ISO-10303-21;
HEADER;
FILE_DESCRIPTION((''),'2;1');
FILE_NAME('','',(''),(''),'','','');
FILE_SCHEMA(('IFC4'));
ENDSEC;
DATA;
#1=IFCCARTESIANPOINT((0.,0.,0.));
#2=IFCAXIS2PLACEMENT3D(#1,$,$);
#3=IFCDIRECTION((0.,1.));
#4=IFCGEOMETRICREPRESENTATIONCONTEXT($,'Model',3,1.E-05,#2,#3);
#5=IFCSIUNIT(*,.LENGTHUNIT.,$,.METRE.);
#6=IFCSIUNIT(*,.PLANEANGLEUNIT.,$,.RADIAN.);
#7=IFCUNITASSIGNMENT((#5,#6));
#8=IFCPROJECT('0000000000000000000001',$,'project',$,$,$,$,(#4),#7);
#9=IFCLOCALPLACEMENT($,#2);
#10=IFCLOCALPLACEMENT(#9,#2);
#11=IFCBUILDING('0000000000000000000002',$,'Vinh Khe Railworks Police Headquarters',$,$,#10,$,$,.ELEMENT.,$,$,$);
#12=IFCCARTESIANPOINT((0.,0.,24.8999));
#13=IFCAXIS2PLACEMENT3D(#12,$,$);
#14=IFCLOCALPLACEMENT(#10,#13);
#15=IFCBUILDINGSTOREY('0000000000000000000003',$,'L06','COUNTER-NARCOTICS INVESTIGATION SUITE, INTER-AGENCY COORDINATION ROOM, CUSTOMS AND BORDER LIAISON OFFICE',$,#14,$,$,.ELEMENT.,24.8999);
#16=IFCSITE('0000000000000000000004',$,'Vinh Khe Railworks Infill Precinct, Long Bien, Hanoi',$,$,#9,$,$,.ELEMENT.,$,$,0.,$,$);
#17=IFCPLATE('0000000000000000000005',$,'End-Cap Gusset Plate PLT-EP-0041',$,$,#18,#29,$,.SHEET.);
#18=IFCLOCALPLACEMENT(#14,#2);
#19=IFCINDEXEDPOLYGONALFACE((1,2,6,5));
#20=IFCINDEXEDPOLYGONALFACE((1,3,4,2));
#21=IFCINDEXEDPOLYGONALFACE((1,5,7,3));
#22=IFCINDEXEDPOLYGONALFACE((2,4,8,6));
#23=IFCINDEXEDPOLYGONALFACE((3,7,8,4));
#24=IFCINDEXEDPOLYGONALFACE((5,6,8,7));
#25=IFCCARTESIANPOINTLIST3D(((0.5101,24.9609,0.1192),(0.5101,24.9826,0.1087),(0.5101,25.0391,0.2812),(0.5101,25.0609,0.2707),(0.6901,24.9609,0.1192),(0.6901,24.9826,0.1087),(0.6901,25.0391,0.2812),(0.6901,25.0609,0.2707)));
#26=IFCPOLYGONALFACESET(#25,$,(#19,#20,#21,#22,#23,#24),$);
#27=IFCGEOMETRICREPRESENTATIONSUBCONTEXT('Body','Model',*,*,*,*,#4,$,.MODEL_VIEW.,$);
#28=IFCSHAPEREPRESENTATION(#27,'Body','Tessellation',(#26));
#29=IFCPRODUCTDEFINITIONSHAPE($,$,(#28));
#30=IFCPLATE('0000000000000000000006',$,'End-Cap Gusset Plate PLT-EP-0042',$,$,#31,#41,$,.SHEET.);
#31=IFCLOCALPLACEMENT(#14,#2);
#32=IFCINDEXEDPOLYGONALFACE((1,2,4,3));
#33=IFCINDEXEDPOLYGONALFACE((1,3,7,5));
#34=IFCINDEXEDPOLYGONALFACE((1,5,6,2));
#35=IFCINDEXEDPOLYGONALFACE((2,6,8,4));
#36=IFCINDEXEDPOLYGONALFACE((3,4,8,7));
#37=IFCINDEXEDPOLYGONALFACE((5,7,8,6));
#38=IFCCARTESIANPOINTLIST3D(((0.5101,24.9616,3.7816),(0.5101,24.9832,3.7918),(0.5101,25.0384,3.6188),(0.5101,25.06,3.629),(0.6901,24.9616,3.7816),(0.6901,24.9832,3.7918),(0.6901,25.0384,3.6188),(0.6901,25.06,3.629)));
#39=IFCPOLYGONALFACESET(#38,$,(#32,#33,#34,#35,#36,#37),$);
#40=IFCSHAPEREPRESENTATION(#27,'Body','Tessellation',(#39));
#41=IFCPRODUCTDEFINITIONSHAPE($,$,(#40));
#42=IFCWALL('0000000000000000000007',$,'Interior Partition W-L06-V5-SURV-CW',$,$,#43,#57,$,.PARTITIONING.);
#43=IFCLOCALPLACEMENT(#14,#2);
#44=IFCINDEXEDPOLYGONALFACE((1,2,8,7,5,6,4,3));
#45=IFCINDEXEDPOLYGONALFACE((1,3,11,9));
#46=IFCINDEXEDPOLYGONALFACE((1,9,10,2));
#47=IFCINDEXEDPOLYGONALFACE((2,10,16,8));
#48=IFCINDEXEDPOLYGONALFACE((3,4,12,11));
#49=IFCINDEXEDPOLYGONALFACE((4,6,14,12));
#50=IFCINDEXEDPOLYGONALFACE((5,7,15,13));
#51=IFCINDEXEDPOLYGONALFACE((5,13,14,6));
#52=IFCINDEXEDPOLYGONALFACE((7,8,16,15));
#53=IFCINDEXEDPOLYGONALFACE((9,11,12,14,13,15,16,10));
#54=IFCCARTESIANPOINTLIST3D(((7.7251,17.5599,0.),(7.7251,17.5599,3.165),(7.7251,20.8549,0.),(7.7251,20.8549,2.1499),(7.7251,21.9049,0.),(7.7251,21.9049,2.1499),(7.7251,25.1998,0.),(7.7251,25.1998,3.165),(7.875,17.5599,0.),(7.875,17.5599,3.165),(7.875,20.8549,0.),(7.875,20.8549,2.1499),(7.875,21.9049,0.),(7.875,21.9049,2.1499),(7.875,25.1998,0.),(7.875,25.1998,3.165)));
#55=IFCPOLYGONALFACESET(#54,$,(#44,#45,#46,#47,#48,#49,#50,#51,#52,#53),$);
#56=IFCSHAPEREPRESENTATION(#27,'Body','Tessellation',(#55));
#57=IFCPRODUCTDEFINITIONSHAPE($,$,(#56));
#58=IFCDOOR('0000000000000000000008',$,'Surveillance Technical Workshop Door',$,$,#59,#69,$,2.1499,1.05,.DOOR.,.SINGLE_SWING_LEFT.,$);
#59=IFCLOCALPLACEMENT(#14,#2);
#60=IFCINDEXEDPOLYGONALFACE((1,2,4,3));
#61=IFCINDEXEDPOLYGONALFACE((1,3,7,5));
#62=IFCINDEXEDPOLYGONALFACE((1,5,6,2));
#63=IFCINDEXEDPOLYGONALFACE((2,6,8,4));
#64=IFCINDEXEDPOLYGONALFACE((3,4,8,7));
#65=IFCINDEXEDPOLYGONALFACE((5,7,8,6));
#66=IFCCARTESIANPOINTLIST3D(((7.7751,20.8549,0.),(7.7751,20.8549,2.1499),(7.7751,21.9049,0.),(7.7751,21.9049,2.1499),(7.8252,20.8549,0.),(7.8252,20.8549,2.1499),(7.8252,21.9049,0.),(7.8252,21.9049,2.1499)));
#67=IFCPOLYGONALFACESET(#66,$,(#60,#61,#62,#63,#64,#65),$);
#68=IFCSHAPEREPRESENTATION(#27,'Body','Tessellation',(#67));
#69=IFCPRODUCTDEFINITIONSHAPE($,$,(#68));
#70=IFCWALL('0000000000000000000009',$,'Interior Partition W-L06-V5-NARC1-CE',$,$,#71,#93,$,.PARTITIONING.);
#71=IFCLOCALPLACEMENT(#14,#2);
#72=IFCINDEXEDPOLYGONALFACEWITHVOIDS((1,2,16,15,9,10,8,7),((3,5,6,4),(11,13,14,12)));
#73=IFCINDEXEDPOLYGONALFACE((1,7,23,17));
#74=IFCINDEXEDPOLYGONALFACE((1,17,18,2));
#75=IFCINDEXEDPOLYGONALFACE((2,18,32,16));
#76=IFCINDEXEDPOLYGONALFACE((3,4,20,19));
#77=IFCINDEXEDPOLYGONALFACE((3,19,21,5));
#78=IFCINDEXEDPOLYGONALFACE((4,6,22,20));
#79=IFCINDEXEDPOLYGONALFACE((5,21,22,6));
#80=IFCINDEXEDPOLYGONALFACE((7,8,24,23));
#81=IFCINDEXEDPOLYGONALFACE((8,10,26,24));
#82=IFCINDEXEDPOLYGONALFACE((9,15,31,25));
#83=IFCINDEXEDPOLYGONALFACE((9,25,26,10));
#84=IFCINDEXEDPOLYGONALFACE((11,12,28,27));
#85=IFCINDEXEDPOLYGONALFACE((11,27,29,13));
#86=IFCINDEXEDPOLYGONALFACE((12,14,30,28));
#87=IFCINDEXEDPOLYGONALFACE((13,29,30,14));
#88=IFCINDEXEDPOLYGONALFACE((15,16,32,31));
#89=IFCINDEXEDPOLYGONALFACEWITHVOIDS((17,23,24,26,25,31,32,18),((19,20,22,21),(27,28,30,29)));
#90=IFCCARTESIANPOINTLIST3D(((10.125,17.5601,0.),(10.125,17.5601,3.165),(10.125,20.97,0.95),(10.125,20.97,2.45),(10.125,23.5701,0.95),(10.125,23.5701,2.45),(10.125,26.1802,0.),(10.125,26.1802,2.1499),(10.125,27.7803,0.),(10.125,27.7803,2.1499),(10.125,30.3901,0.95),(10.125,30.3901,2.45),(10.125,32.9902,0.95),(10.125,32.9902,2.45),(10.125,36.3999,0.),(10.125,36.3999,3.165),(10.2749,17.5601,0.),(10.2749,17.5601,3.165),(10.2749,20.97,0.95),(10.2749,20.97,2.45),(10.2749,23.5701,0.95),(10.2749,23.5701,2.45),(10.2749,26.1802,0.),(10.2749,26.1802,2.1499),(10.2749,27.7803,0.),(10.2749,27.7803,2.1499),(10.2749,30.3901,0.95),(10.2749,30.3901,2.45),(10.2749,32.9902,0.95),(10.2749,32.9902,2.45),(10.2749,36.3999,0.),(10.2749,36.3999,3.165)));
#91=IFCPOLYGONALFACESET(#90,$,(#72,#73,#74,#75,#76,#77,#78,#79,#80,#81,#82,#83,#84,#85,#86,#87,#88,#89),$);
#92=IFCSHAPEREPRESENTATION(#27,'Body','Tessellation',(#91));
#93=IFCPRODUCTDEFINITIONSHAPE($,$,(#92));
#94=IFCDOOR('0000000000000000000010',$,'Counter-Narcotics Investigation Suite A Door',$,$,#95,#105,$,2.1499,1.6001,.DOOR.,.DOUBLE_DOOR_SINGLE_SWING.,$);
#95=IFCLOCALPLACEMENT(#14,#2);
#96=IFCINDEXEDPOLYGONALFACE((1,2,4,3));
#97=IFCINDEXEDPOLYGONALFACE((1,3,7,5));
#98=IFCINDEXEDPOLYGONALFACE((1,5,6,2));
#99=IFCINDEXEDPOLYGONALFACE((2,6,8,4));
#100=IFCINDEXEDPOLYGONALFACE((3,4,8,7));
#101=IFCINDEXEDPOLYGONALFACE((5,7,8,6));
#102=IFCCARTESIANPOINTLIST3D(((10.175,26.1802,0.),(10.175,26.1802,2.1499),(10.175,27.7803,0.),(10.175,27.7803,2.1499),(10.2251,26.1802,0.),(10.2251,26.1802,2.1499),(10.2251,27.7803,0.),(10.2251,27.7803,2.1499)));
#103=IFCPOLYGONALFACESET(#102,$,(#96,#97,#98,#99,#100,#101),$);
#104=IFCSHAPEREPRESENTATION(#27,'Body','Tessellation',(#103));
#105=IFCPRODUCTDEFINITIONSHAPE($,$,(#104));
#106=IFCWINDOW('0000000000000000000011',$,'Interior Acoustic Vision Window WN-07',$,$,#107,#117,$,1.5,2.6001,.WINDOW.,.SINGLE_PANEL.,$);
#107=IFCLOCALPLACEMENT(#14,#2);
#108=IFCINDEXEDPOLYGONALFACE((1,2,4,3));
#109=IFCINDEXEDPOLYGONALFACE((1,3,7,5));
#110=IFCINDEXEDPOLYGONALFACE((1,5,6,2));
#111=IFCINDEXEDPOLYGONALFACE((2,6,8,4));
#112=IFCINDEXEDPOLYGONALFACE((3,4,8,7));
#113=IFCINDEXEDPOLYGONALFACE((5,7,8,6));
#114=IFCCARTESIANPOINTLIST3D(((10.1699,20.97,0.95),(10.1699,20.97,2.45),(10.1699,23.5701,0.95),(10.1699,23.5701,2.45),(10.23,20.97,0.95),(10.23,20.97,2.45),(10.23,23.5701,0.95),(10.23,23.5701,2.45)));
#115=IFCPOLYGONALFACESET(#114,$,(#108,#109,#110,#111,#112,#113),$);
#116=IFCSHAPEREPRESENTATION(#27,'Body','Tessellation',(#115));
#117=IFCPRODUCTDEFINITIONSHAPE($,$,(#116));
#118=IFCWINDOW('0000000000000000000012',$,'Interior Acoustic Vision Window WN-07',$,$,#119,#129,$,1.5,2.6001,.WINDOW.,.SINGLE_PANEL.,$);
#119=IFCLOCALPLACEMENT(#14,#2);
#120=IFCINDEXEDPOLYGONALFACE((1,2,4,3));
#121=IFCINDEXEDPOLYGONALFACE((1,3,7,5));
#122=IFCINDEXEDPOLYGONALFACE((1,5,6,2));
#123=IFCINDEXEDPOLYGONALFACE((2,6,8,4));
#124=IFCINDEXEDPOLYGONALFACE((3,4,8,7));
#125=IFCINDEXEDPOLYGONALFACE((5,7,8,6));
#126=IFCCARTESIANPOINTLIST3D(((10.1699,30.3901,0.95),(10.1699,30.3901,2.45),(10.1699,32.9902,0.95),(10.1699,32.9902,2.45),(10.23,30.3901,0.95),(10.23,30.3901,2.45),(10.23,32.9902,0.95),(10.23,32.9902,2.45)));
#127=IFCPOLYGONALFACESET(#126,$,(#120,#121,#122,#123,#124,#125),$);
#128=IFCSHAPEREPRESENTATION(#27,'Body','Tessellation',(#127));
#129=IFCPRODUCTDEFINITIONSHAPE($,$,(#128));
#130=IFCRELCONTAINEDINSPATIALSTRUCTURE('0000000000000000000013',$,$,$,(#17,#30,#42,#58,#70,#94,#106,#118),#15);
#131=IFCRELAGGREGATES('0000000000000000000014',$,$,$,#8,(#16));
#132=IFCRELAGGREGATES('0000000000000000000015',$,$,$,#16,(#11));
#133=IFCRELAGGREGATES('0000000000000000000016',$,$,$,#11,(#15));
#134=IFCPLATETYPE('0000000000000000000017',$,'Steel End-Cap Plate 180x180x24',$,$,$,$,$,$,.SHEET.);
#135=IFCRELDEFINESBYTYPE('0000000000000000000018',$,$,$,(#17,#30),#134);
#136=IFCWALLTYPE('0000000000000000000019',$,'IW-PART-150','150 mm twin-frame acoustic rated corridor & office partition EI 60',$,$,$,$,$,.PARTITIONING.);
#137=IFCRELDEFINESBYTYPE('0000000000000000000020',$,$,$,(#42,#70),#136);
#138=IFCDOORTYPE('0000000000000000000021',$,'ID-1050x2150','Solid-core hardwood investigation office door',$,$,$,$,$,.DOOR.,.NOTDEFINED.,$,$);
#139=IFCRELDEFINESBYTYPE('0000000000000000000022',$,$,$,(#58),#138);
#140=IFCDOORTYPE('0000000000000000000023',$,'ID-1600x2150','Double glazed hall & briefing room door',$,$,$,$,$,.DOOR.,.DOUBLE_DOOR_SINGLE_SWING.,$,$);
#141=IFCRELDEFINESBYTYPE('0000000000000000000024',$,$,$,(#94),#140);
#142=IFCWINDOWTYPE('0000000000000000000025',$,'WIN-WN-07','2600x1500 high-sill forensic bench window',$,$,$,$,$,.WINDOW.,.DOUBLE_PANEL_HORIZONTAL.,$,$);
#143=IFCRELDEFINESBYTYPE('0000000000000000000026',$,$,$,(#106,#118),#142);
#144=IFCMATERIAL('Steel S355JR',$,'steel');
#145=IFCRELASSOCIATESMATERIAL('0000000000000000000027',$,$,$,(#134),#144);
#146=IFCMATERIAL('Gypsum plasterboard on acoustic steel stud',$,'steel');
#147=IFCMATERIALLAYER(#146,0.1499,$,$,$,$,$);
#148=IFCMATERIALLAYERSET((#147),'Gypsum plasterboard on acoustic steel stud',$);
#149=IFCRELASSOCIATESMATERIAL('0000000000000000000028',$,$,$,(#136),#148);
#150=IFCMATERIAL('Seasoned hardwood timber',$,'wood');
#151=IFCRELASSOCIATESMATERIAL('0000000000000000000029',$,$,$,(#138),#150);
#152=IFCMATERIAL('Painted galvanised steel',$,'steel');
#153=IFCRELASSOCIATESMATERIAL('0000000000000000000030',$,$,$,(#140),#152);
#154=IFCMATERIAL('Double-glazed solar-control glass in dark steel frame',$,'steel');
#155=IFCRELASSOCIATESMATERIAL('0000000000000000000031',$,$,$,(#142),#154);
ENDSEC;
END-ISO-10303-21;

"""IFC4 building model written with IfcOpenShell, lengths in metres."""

from ifc_helpers import new_model, si_unit, direction, frame, frame_2d, origin, origin_2d, place, context, subcontext, project, spatial, rectangle, extrude, material, layer, layer_set, material_profile, profile_set, type_object, element, fill, save


model = new_model("IFC4")

# Units and contexts
model_context = context("Model", 3, precision=1e-05, world=origin(), true_north=direction((0.0, 1.0)))
body_context = subcontext(model_context, "Body", "Model", "MODEL_VIEW")
ifc_project = project(units=[si_unit("LENGTHUNIT", "METRE"), si_unit("PLANEANGLEUNIT", "RADIAN")], contexts=[model_context])

# Site, building, storey
site_placement = place(None, origin())
site = spatial("IfcSite", under=ifc_project, at=site_placement, Name="Vinh Khe Railworks Infill Precinct, Long Bien, Hanoi", CompositionType="ELEMENT", RefElevation=0.0)
building_placement = place(site_placement, origin())
building = spatial("IfcBuilding", under=site, at=building_placement, Name="Vinh Khe Railworks Police Headquarters", CompositionType="ELEMENT")
storey_placement = place(building_placement, frame((0.0, 0.0, 24.8999)))
storey = spatial("IfcBuildingStorey", under=building, at=storey_placement, Name="L06", Description="COUNTER-NARCOTICS INVESTIGATION SUITE, INTER-AGENCY COORDINATION ROOM, CUSTOMS AND BORDER LIAISON OFFICE", CompositionType="ELEMENT", Elevation=24.8999)

# Shared definitions
ifc_material_1 = material(Name="Steel S355JR", Category="steel")

# Plates
ifc_material_profile_1 = material_profile(ifc_material_1, rectangle(XDim=0.1799, YDim=0.1799, at=origin_2d()), Name="PL 180x180")
ifc_profile_set_1 = profile_set([ifc_material_profile_1], Name="Steel S355JR")
plate_type = type_object("IfcPlateType", Name="Steel End-Cap Plate 180x180x24", PredefinedType="SHEET", material=ifc_profile_set_1)
plate_1_placement = place(storey_placement, frame((0.6001, 25.0, 0.2002), z_axis=(0.0, 0.900415, -0.435032), x_axis=(-1.0, 0.0, 0.0)))
element("IfcPlate", 1, at=plate_1_placement, inside=storey, type_object=plate_type, Name="End-Cap Gusset Plate PLT-EP-0041", PredefinedType="SHEET", context=body_context, shape_type="SweptSolid", body=[
    extrude(rectangle(XDim=0.1799, YDim=0.1799, at=origin_2d()), origin(), (0.0, 0.0, 1.0), 0.0242),
])
plate_2_placement = place(storey_placement, frame((0.6001, 25.0, 3.7002), z_axis=(0.0, 0.904358, 0.426775), x_axis=(-1.0, 0.0, 0.0)))
element("IfcPlate", 2, at=plate_2_placement, inside=storey, type_object=plate_type, Name="End-Cap Gusset Plate PLT-EP-0042", PredefinedType="SHEET", context=body_context, shape_type="SweptSolid", body=[
    extrude(rectangle(XDim=0.1799, YDim=0.1799, at=origin_2d()), origin(), (0.0, 0.0, 1.0), 0.0239),
])

# Wall, opening, door
ifc_material_2 = material(Name="Gypsum plasterboard on acoustic steel stud", Category="steel")
ifc_layer = layer(ifc_material_2, 0.1499)
ifc_layer_set = layer_set([ifc_layer], Name="Gypsum plasterboard on acoustic steel stud")
wall_type = type_object("IfcWallType", Name="IW-PART-150", Description="150 mm twin-frame acoustic rated corridor & office partition EI 60", PredefinedType="PARTITIONING", material=ifc_layer_set)
wall_1_placement = place(storey_placement, frame((7.8, 17.5601, 0.0), z_axis=(0.0, 0.0, 1.0), x_axis=(0.0, 1.0, 0.0)))
wall_1 = element("IfcWall", 3, at=wall_1_placement, inside=storey, type_object=wall_type, Name="Interior Partition W-L06-V5-SURV-CW", PredefinedType="PARTITIONING", context=body_context, shape_type="SweptSolid", body=[
    extrude(rectangle(XDim=7.6399, YDim=0.1499, at=frame_2d((3.8198, 0.0))), origin(), (0.0, 0.0, 1.0), 3.165),
])
opening_1_placement = place(wall_1_placement, frame((3.2949, 0.0, 0.0)))
opening_1 = element("IfcOpeningElement", 4, at=opening_1_placement, cuts=wall_1, PredefinedType="OPENING", context=body_context, shape_type="SweptSolid", body=[
    extrude(rectangle(XDim=1.05, YDim=2.1499, at=frame_2d((0.5249, 1.075))), frame((0.0, 0.0898, 0.0), z_axis=(0.0, -1.0, 0.0), x_axis=(1.0, 0.0, 0.0)), (0.0, 0.0, 1.0), 0.1797),
])
ifc_material_3 = material(Name="Seasoned hardwood timber", Category="wood")
door_type_1 = type_object("IfcDoorType", Name="ID-1050x2150", Description="Solid-core hardwood investigation office door", OperationType="NOTDEFINED", PredefinedType="DOOR", material=ifc_material_3)
door_1_placement = place(opening_1_placement, origin())
door_1 = element("IfcDoor", 5, at=door_1_placement, inside=storey, type_object=door_type_1, Name="Surveillance Technical Workshop Door", OperationType="SINGLE_SWING_LEFT", OverallHeight=2.1499, OverallWidth=1.05, PredefinedType="DOOR", context=body_context, shape_type="SweptSolid", body=[
    extrude(rectangle(XDim=1.05, YDim=2.1499, at=frame_2d((0.5249, 1.075))), frame((0.0, 0.0249, 0.0), z_axis=(0.0, -1.0, 0.0), x_axis=(1.0, 0.0, 0.0)), (0.0, 0.0, 1.0), 0.05),
])
fill(opening_1, door_1)

# Wall, openings, door, windows
wall_2_placement = place(storey_placement, frame((10.2, 17.5601, 0.0), z_axis=(0.0, 0.0, 1.0), x_axis=(0.0, 1.0, 0.0)))
wall_2 = element("IfcWall", 6, at=wall_2_placement, inside=storey, type_object=wall_type, Name="Interior Partition W-L06-V5-NARC1-CE", PredefinedType="PARTITIONING", context=body_context, shape_type="SweptSolid", body=[
    extrude(rectangle(XDim=18.8398, YDim=0.1499, at=frame_2d((9.4199, 0.0))), origin(), (0.0, 0.0, 1.0), 3.165),
])
opening_2_placement = place(wall_2_placement, frame((8.6201, 0.0, 0.0)))
opening_2 = element("IfcOpeningElement", 7, at=opening_2_placement, cuts=wall_2, PredefinedType="OPENING", context=body_context, shape_type="SweptSolid", body=[
    extrude(rectangle(XDim=1.6001, YDim=2.1499, at=frame_2d((0.8, 1.075))), frame((0.0, 0.0898, 0.0), z_axis=(0.0, -1.0, 0.0), x_axis=(1.0, 0.0, 0.0)), (0.0, 0.0, 1.0), 0.1797),
])
opening_3_placement = place(wall_2_placement, frame((3.4099, 0.0, 0.95)))
opening_3 = element("IfcOpeningElement", 8, at=opening_3_placement, cuts=wall_2, PredefinedType="OPENING", context=body_context, shape_type="SweptSolid", body=[
    extrude(rectangle(XDim=2.6001, YDim=1.5, at=frame_2d((1.3, 0.75))), frame((0.0, 0.0898, 0.0), z_axis=(0.0, -1.0, 0.0), x_axis=(1.0, 0.0, 0.0)), (0.0, 0.0, 1.0), 0.1797),
])
opening_4_placement = place(wall_2_placement, frame((12.8301, 0.0, 0.95)))
opening_4 = element("IfcOpeningElement", 9, at=opening_4_placement, cuts=wall_2, PredefinedType="OPENING", context=body_context, shape_type="SweptSolid", body=[
    extrude(rectangle(XDim=2.6001, YDim=1.5, at=frame_2d((1.3, 0.75))), frame((0.0, 0.0898, 0.0), z_axis=(0.0, -1.0, 0.0), x_axis=(1.0, 0.0, 0.0)), (0.0, 0.0, 1.0), 0.1797),
])
ifc_material_4 = material(Name="Painted galvanised steel", Category="steel")
door_type_2 = type_object("IfcDoorType", Name="ID-1600x2150", Description="Double glazed hall & briefing room door", OperationType="DOUBLE_DOOR_SINGLE_SWING", PredefinedType="DOOR", material=ifc_material_4)
door_2_placement = place(opening_2_placement, origin())
door_2 = element("IfcDoor", 10, at=door_2_placement, inside=storey, type_object=door_type_2, Name="Counter-Narcotics Investigation Suite A Door", OperationType="DOUBLE_DOOR_SINGLE_SWING", OverallHeight=2.1499, OverallWidth=1.6001, PredefinedType="DOOR", context=body_context, shape_type="SweptSolid", body=[
    extrude(rectangle(XDim=1.6001, YDim=2.1499, at=frame_2d((0.8, 1.075))), frame((0.0, 0.0249, 0.0), z_axis=(0.0, -1.0, 0.0), x_axis=(1.0, 0.0, 0.0)), (0.0, 0.0, 1.0), 0.05),
])
fill(opening_2, door_2)
ifc_material_5 = material(Name="Double-glazed solar-control glass in dark steel frame", Category="steel")
window_type = type_object("IfcWindowType", Name="WIN-WN-07", Description="2600x1500 high-sill forensic bench window", PartitioningType="DOUBLE_PANEL_HORIZONTAL", PredefinedType="WINDOW", material=ifc_material_5)
window_1_placement = place(opening_3_placement, origin())
window_1 = element("IfcWindow", 11, at=window_1_placement, inside=storey, type_object=window_type, Name="Interior Acoustic Vision Window WN-07", OverallHeight=1.5, OverallWidth=2.6001, PartitioningType="SINGLE_PANEL", PredefinedType="WINDOW", context=body_context, shape_type="SweptSolid", body=[
    extrude(rectangle(XDim=2.6001, YDim=1.5, at=frame_2d((1.3, 0.75))), frame((0.0, 0.03, 0.0), z_axis=(0.0, -1.0, 0.0), x_axis=(1.0, 0.0, 0.0)), (0.0, 0.0, 1.0), 0.0601),
])
fill(opening_3, window_1)
window_2_placement = place(opening_4_placement, origin())
window_2 = element("IfcWindow", 12, at=window_2_placement, inside=storey, type_object=window_type, Name="Interior Acoustic Vision Window WN-07", OverallHeight=1.5, OverallWidth=2.6001, PartitioningType="SINGLE_PANEL", PredefinedType="WINDOW", context=body_context, shape_type="SweptSolid", body=[
    extrude(rectangle(XDim=2.6001, YDim=1.5, at=frame_2d((1.3, 0.75))), frame((0.0, 0.03, 0.0), z_axis=(0.0, -1.0, 0.0), x_axis=(1.0, 0.0, 0.0)), (0.0, 0.0, 1.0), 0.0601),
])
fill(opening_4, window_2)

save(model, "model.ifc")
